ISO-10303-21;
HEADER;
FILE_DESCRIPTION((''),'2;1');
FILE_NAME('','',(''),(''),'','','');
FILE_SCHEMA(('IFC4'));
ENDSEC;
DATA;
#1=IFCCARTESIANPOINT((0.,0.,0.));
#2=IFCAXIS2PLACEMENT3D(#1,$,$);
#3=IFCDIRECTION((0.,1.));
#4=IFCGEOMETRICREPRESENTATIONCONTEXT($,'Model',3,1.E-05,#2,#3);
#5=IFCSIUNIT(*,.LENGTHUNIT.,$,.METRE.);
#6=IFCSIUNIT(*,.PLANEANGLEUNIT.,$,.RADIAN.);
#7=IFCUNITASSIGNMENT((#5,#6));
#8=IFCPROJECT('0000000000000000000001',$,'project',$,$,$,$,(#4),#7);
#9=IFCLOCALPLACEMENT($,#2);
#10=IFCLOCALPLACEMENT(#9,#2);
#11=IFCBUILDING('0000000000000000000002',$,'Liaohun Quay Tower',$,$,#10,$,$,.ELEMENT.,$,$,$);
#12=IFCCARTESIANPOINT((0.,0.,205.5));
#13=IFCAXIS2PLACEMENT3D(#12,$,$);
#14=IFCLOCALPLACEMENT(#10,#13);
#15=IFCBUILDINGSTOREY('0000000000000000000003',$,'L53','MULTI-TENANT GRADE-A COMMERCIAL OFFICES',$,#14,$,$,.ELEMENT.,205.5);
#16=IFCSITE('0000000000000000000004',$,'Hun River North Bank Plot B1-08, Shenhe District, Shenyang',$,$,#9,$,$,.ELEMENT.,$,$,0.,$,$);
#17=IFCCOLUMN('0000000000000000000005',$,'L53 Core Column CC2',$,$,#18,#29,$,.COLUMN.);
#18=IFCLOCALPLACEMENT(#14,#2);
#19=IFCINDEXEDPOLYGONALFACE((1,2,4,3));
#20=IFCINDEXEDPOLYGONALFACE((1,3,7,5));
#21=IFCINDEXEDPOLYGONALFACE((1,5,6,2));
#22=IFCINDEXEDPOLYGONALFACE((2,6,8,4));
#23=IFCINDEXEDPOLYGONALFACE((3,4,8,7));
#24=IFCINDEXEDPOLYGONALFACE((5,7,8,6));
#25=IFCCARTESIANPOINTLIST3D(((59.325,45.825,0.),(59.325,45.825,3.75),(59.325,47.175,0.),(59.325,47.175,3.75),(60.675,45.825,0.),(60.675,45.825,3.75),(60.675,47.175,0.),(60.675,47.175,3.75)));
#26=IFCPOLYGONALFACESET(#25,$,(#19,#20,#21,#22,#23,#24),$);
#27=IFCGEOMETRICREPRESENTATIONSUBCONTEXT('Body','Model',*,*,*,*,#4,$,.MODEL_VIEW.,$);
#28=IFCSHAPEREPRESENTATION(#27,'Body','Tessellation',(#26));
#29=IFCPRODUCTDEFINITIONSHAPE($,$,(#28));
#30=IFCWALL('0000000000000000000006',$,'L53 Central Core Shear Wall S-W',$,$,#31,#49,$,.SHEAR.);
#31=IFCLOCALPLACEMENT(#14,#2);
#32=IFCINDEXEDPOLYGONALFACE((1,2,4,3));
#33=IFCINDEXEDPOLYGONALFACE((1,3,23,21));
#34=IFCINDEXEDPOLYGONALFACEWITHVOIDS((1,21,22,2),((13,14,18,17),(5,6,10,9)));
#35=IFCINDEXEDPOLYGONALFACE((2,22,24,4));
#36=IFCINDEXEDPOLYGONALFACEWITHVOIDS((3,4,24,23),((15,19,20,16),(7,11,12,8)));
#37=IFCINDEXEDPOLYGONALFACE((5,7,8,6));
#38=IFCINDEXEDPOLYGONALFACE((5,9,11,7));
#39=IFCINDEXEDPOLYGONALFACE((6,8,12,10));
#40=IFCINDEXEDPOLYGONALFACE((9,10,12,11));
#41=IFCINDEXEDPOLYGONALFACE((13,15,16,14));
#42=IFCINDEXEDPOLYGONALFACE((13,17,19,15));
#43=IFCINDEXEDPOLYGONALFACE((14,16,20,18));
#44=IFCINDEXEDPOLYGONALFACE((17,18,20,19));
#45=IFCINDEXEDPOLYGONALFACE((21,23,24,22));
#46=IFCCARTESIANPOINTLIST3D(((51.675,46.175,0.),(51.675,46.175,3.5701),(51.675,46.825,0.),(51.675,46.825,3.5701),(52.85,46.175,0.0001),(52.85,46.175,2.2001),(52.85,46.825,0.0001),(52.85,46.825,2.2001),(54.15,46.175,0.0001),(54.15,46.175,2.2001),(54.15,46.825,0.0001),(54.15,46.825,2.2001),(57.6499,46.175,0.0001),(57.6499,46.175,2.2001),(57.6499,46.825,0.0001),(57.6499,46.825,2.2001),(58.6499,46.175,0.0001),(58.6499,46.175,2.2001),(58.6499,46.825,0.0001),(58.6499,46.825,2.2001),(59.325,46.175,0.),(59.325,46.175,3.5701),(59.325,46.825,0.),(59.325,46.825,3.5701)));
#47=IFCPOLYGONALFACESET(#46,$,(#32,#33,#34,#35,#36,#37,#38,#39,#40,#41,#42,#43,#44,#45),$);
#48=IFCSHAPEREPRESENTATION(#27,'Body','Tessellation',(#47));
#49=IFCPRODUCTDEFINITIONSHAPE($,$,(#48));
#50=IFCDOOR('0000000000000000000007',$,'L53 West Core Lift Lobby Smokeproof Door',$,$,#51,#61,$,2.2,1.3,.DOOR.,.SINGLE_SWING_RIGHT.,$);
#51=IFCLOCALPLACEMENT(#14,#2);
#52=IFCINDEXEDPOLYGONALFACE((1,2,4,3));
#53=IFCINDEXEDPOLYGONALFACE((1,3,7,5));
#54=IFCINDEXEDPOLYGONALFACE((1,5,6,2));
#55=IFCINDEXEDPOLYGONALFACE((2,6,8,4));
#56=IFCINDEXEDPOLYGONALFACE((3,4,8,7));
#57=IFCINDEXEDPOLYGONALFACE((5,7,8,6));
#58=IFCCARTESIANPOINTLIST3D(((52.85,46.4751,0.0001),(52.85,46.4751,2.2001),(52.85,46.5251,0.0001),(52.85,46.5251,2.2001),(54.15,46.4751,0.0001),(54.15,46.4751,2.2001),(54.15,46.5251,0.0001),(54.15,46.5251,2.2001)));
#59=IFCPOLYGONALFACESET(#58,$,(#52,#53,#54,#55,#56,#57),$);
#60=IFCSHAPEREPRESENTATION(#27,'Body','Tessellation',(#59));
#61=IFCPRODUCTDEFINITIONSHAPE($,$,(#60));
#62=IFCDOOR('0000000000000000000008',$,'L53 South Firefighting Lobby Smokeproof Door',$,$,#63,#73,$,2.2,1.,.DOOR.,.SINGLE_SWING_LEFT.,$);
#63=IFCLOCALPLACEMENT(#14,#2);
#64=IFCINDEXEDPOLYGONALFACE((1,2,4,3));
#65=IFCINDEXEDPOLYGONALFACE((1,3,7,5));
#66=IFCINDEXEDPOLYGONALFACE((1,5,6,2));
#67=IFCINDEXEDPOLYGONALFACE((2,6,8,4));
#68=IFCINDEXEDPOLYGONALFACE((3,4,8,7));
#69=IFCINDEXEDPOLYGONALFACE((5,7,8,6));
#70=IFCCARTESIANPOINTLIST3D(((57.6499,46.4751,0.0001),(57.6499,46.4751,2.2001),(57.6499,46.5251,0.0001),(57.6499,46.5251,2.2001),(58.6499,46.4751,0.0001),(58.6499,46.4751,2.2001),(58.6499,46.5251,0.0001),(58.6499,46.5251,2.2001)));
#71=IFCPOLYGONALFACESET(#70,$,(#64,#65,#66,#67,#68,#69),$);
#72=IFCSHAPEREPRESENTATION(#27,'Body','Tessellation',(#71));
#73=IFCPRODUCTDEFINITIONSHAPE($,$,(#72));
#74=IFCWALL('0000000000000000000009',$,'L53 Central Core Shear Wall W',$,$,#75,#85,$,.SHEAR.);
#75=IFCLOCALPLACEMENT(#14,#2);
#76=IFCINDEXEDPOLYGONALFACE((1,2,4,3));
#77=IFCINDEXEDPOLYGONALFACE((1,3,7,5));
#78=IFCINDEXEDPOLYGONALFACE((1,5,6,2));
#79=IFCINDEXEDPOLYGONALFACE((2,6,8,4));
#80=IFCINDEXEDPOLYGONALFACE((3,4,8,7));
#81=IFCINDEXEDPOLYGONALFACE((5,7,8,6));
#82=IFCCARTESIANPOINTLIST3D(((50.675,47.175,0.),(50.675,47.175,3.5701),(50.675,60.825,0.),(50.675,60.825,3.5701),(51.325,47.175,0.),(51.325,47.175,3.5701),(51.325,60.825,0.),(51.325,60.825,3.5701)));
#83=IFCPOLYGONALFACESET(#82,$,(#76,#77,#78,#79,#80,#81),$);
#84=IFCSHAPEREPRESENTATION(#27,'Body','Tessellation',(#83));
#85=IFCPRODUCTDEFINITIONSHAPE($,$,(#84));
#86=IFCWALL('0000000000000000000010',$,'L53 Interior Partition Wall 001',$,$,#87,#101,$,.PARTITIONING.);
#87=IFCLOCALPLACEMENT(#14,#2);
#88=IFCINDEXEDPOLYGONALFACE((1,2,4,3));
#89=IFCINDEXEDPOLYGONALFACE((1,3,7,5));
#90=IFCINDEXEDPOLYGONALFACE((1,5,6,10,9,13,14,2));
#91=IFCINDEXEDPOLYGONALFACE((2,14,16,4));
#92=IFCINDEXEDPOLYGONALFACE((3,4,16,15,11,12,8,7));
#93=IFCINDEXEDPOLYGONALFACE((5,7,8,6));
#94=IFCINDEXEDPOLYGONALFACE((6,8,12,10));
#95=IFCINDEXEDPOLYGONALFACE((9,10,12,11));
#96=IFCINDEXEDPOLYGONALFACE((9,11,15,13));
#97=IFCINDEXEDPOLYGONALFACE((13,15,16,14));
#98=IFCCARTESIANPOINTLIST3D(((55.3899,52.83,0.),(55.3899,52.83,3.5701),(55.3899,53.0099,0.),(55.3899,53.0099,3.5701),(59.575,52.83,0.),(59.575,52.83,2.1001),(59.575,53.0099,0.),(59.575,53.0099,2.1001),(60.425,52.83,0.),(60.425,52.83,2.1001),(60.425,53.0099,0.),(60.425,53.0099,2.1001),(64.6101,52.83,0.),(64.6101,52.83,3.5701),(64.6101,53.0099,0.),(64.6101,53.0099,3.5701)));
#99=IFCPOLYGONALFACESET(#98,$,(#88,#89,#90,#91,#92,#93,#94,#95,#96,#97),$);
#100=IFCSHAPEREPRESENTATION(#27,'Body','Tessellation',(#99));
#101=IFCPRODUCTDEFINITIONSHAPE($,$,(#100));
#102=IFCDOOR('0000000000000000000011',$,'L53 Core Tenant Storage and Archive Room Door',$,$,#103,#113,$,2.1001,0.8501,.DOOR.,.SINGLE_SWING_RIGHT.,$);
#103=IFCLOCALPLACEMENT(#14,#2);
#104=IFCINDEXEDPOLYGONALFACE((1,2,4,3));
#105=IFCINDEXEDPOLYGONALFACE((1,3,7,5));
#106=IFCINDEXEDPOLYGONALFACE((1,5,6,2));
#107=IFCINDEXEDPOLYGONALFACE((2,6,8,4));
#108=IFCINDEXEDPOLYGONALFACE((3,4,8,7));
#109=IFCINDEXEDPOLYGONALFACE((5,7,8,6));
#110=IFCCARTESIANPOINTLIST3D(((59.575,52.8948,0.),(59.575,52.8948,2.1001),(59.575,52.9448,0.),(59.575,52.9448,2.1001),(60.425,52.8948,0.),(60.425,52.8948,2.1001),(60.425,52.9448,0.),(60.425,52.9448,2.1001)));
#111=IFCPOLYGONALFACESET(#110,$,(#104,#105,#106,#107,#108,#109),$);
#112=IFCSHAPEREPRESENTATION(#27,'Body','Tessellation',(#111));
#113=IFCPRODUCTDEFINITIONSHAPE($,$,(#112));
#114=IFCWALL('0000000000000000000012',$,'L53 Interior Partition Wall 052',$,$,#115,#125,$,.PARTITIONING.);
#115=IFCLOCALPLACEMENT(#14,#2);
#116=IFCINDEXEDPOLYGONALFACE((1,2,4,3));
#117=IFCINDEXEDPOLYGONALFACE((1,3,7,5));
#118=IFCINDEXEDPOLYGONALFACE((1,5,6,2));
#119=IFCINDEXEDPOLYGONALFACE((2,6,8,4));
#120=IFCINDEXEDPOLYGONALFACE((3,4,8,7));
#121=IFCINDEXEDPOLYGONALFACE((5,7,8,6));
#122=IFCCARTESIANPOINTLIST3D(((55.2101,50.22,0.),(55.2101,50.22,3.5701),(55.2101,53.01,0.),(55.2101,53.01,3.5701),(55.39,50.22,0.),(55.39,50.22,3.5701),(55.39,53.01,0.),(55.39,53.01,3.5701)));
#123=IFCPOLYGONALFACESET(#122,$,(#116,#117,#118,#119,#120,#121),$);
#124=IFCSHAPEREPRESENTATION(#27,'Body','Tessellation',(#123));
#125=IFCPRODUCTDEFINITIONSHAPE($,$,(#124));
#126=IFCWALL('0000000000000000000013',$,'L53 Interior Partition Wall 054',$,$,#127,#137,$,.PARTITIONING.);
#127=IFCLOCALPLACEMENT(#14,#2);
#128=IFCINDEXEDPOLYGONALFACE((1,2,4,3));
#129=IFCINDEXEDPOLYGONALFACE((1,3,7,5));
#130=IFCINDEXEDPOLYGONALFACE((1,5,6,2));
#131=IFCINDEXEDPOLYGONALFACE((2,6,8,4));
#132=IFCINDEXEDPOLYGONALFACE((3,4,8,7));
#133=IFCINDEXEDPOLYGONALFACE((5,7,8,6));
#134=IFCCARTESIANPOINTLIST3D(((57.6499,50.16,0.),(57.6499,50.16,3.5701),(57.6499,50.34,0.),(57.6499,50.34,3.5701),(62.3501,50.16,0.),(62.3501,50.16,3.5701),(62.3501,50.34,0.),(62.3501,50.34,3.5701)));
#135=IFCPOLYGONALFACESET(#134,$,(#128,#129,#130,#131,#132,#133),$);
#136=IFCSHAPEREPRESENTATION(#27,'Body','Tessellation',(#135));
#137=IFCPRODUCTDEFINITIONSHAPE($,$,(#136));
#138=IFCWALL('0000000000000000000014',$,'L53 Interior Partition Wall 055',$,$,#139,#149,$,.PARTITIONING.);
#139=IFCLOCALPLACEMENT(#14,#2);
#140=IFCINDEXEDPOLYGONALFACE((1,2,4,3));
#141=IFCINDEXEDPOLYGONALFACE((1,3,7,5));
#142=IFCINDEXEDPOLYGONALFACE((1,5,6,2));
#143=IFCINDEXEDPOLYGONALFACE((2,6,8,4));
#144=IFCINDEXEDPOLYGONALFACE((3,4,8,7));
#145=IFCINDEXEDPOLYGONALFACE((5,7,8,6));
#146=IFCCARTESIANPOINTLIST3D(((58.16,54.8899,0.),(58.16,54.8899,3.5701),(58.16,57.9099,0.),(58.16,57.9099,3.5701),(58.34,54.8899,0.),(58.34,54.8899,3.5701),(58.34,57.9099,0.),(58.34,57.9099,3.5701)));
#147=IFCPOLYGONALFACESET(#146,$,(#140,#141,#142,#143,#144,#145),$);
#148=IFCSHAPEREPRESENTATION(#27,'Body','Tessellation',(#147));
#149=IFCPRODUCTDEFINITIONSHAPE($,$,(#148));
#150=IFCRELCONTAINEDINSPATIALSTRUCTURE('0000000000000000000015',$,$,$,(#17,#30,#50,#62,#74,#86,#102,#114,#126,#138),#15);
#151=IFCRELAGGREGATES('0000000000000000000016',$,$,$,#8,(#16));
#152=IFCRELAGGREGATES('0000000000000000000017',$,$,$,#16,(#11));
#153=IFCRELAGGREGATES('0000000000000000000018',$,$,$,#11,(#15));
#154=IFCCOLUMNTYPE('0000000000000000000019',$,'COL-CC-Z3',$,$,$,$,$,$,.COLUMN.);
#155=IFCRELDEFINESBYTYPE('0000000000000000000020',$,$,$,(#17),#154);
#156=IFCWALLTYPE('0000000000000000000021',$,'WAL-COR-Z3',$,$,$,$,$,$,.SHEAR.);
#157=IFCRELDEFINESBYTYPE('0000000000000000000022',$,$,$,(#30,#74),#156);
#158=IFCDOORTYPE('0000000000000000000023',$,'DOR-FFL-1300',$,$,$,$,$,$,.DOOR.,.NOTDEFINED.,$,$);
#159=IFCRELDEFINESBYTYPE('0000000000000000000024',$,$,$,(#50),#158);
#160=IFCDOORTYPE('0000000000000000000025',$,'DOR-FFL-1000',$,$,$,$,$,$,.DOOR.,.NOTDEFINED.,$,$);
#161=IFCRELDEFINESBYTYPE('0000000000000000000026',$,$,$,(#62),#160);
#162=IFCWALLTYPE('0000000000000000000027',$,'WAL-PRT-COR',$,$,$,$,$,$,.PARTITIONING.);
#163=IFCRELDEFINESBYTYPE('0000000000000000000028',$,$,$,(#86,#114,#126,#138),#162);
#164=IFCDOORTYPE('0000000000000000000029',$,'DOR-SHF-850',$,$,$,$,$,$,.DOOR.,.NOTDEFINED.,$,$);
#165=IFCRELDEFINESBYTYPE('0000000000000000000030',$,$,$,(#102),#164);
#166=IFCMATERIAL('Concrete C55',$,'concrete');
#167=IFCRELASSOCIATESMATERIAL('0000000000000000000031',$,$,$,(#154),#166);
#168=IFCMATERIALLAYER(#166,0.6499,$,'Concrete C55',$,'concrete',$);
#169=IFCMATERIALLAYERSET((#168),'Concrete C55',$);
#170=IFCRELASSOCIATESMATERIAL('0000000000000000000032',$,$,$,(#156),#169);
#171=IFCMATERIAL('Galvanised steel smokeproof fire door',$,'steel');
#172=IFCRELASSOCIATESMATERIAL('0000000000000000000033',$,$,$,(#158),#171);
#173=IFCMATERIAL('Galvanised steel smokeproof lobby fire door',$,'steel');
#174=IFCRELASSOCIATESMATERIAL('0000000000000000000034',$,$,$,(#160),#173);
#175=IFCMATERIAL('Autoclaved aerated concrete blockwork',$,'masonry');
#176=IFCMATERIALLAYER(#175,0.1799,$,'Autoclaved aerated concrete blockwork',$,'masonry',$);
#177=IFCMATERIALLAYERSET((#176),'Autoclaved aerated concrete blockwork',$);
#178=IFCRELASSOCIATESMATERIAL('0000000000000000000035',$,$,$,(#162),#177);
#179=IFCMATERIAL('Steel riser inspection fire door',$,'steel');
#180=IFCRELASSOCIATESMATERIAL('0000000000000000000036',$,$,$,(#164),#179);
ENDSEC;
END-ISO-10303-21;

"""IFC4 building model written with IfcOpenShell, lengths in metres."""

from ifc_helpers import new_model, si_unit, direction, frame, frame_2d, origin, origin_2d, place, context, subcontext, project, spatial, rectangle, extrude, source, transform, mapped, material, layer, layer_set, material_profile, profile_set, type_object, element, fill, save


model = new_model("IFC4")

# Units and contexts
model_context = context("Model", 3, precision=1e-05, world=origin(), true_north=direction((0.0, 1.0)))
body_context = subcontext(model_context, "Body", "Model", "MODEL_VIEW")
ifc_project = project(units=[si_unit("LENGTHUNIT", "METRE"), si_unit("PLANEANGLEUNIT", "RADIAN")], contexts=[model_context])

# Site, building, storey
site_placement = place(None, origin())
site = spatial("IfcSite", under=ifc_project, at=site_placement, Name="Hun River North Bank Plot B1-08, Shenhe District, Shenyang", CompositionType="ELEMENT", RefElevation=0.0)
building_placement = place(site_placement, origin())
building = spatial("IfcBuilding", under=site, at=building_placement, Name="Liaohun Quay Tower", CompositionType="ELEMENT")
storey_placement = place(building_placement, frame((0.0, 0.0, 205.5)))
storey = spatial("IfcBuildingStorey", under=building, at=storey_placement, Name="L53", Description="MULTI-TENANT GRADE-A COMMERCIAL OFFICES", CompositionType="ELEMENT", Elevation=205.5)

# Column
ifc_material_1 = material(Name="Concrete C55", Category="concrete")
ifc_material_profile = material_profile(ifc_material_1, rectangle(XDim=1.3501, YDim=1.3501, at=origin_2d()), Name="RC1350x1350")
ifc_profile_set = profile_set([ifc_material_profile], Name="Concrete C55")
column_type = type_object("IfcColumnType", Name="COL-CC-Z3", PredefinedType="COLUMN", material=ifc_profile_set)
shared_shape_1 = source(origin(), body_context, "Body", "SweptSolid", [
    extrude(rectangle(XDim=1.3501, YDim=1.3501, at=origin_2d()), origin(), (0.0, 0.0, 1.0), 3.75),
])
column_placement = place(storey_placement, frame((60.0, 46.5, 0.0), z_axis=(0.0, 0.0, 1.0), x_axis=(1.0, 0.0, 0.0)))
element("IfcColumn", 1, at=column_placement, inside=storey, type_object=column_type, Name="L53 Core Column CC2", PredefinedType="COLUMN", context=body_context, shape_type="MappedRepresentation", body=[
    mapped(shared_shape_1, transform((0.0, 0.0, 0.0), x_axis=(1.0, 0.0, 0.0), y_axis=(0.0, 1.0, 0.0), z_axis=(0.0, 0.0, 1.0), scale=1.0)),
])

# Wall, openings, doors
ifc_layer_1 = layer(ifc_material_1, 0.6499, Name="Concrete C55", Category="concrete")
ifc_layer_set_1 = layer_set([ifc_layer_1], Name="Concrete C55")
wall_type_1 = type_object("IfcWallType", Name="WAL-COR-Z3", PredefinedType="SHEAR", material=ifc_layer_set_1)
wall_1_placement = place(storey_placement, frame((59.325, 46.5, 0.0), z_axis=(0.0, 0.0, 1.0), x_axis=(-1.0, 0.0, 0.0)))
wall_1 = element("IfcWall", 2, at=wall_1_placement, inside=storey, type_object=wall_type_1, Name="L53 Central Core Shear Wall S-W", PredefinedType="SHEAR", context=body_context, shape_type="SweptSolid", body=[
    extrude(rectangle(XDim=7.6499, YDim=0.6499, at=frame_2d((3.825, 0.0))), origin(), (0.0, 0.0, 1.0), 3.5701),
])
shared_shape_2 = source(origin(), body_context, "Body", "SweptSolid", [
    extrude(rectangle(XDim=1.3, YDim=2.2, at=frame_2d((0.6499, 1.1001))), frame((0.0, 0.335, 0.0), z_axis=(0.0, -1.0, 0.0), x_axis=(1.0, 0.0, 0.0)), (0.0, 0.0, 1.0), 0.6699),
])
opening_1_placement = place(wall_1_placement, frame((5.175, 0.0, 0.0)))
opening_1 = element("IfcOpeningElement", 3, at=opening_1_placement, cuts=wall_1, PredefinedType="OPENING", context=body_context, shape_type="MappedRepresentation", body=[
    mapped(shared_shape_2, transform((0.0, 0.0, 0.0), x_axis=(1.0, 0.0, 0.0), y_axis=(0.0, 1.0, 0.0), z_axis=(0.0, 0.0, 1.0), scale=1.0)),
])
shared_shape_3 = source(origin(), body_context, "Body", "SweptSolid", [
    extrude(rectangle(XDim=1.0, YDim=2.2, at=frame_2d((0.5, 1.1001))), frame((0.0, 0.335, 0.0), z_axis=(0.0, -1.0, 0.0), x_axis=(1.0, 0.0, 0.0)), (0.0, 0.0, 1.0), 0.6699),
])
opening_2_placement = place(wall_1_placement, frame((0.675, 0.0, 0.0)))
opening_2 = element("IfcOpeningElement", 4, at=opening_2_placement, cuts=wall_1, PredefinedType="OPENING", context=body_context, shape_type="MappedRepresentation", body=[
    mapped(shared_shape_3, transform((0.0, 0.0, 0.0), x_axis=(1.0, 0.0, 0.0), y_axis=(0.0, 1.0, 0.0), z_axis=(0.0, 0.0, 1.0), scale=1.0)),
])
ifc_material_2 = material(Name="Galvanised steel smokeproof fire door", Category="steel")
door_type_1 = type_object("IfcDoorType", Name="DOR-FFL-1300", OperationType="NOTDEFINED", PredefinedType="DOOR", material=ifc_material_2)
shared_shape_4 = source(origin(), body_context, "Body", "SweptSolid", [
    extrude(rectangle(XDim=1.3, YDim=2.2, at=frame_2d((0.6499, 1.1001))), frame((0.0, 0.0249, 0.0), z_axis=(0.0, -1.0, 0.0), x_axis=(1.0, 0.0, 0.0)), (0.0, 0.0, 1.0), 0.05),
])
door_1_placement = place(opening_1_placement, origin())
door_1 = element("IfcDoor", 5, at=door_1_placement, inside=storey, type_object=door_type_1, Name="L53 West Core Lift Lobby Smokeproof Door", OperationType="SINGLE_SWING_RIGHT", OverallHeight=2.2, OverallWidth=1.3, PredefinedType="DOOR", context=body_context, shape_type="MappedRepresentation", body=[
    mapped(shared_shape_4, transform((0.0, 0.0, 0.0), x_axis=(1.0, 0.0, 0.0), y_axis=(0.0, 1.0, 0.0), z_axis=(0.0, 0.0, 1.0), scale=1.0)),
])
fill(opening_1, door_1)
ifc_material_3 = material(Name="Galvanised steel smokeproof lobby fire door", Category="steel")
door_type_2 = type_object("IfcDoorType", Name="DOR-FFL-1000", OperationType="NOTDEFINED", PredefinedType="DOOR", material=ifc_material_3)
shared_shape_5 = source(origin(), body_context, "Body", "SweptSolid", [
    extrude(rectangle(XDim=1.0, YDim=2.2, at=frame_2d((0.5, 1.1001))), frame((0.0, 0.0249, 0.0), z_axis=(0.0, -1.0, 0.0), x_axis=(1.0, 0.0, 0.0)), (0.0, 0.0, 1.0), 0.05),
])
door_2_placement = place(opening_2_placement, origin())
door_2 = element("IfcDoor", 6, at=door_2_placement, inside=storey, type_object=door_type_2, Name="L53 South Firefighting Lobby Smokeproof Door", OperationType="SINGLE_SWING_LEFT", OverallHeight=2.2, OverallWidth=1.0, PredefinedType="DOOR", context=body_context, shape_type="MappedRepresentation", body=[
    mapped(shared_shape_5, transform((0.0, 0.0, 0.0), x_axis=(1.0, 0.0, 0.0), y_axis=(0.0, 1.0, 0.0), z_axis=(0.0, 0.0, 1.0), scale=1.0)),
])
fill(opening_2, door_2)

# Wall
wall_2_placement = place(storey_placement, frame((51.0, 47.175, 0.0), z_axis=(0.0, 0.0, 1.0), x_axis=(0.0, 1.0, 0.0)))
element("IfcWall", 7, at=wall_2_placement, inside=storey, type_object=wall_type_1, Name="L53 Central Core Shear Wall W", PredefinedType="SHEAR", context=body_context, shape_type="SweptSolid", body=[
    extrude(rectangle(XDim=13.6499, YDim=0.6499, at=frame_2d((6.825, 0.0))), origin(), (0.0, 0.0, 1.0), 3.5701),
])

# Wall, opening, door
ifc_material_4 = material(Name="Autoclaved aerated concrete blockwork", Category="masonry")
ifc_layer_2 = layer(ifc_material_4, 0.1799, Name="Autoclaved aerated concrete blockwork", Category="masonry")
ifc_layer_set_2 = layer_set([ifc_layer_2], Name="Autoclaved aerated concrete blockwork")
wall_type_2 = type_object("IfcWallType", Name="WAL-PRT-COR", PredefinedType="PARTITIONING", material=ifc_layer_set_2)
wall_3_placement = place(storey_placement, frame((55.3899, 52.9199, 0.0), z_axis=(0.0, 0.0, 1.0), x_axis=(1.0, 0.0, 0.0)))
wall_3 = element("IfcWall", 8, at=wall_3_placement, inside=storey, type_object=wall_type_2, Name="L53 Interior Partition Wall 001", PredefinedType="PARTITIONING", context=body_context, shape_type="SweptSolid", body=[
    extrude(rectangle(XDim=9.2202, YDim=0.1799, at=frame_2d((4.6101, 0.0))), origin(), (0.0, 0.0, 1.0), 3.5701),
])
shared_shape_6 = source(origin(), body_context, "Body", "SweptSolid", [
    extrude(rectangle(XDim=0.8501, YDim=2.1001, at=frame_2d((0.425, 1.05))), frame((0.0, 0.0999, 0.0), z_axis=(0.0, -1.0, 0.0), x_axis=(1.0, 0.0, 0.0)), (0.0, 0.0, 1.0), 0.2),
])
opening_3_placement = place(wall_3_placement, frame((4.1851, 0.0, 0.0)))
opening_3 = element("IfcOpeningElement", 9, at=opening_3_placement, cuts=wall_3, PredefinedType="OPENING", context=body_context, shape_type="MappedRepresentation", body=[
    mapped(shared_shape_6, transform((0.0, 0.0, 0.0), x_axis=(1.0, 0.0, 0.0), y_axis=(0.0, 1.0, 0.0), z_axis=(0.0, 0.0, 1.0), scale=1.0)),
])
ifc_material_5 = material(Name="Steel riser inspection fire door", Category="steel")
door_type_3 = type_object("IfcDoorType", Name="DOR-SHF-850", OperationType="NOTDEFINED", PredefinedType="DOOR", material=ifc_material_5)
shared_shape_7 = source(origin(), body_context, "Body", "SweptSolid", [
    extrude(rectangle(XDim=0.8501, YDim=2.1001, at=frame_2d((0.425, 1.05))), frame((0.0, 0.0249, 0.0), z_axis=(0.0, -1.0, 0.0), x_axis=(1.0, 0.0, 0.0)), (0.0, 0.0, 1.0), 0.05),
])
door_3_placement = place(opening_3_placement, origin())
door_3 = element("IfcDoor", 10, at=door_3_placement, inside=storey, type_object=door_type_3, Name="L53 Core Tenant Storage and Archive Room Door", OperationType="SINGLE_SWING_RIGHT", OverallHeight=2.1001, OverallWidth=0.8501, PredefinedType="DOOR", context=body_context, shape_type="MappedRepresentation", body=[
    mapped(shared_shape_7, transform((0.0, 0.0, 0.0), x_axis=(1.0, 0.0, 0.0), y_axis=(0.0, 1.0, 0.0), z_axis=(0.0, 0.0, 1.0), scale=1.0)),
])
fill(opening_3, door_3)

# Walls
wall_4_placement = place(storey_placement, frame((55.3, 50.22, 0.0), z_axis=(0.0, 0.0, 1.0), x_axis=(0.0, 1.0, 0.0)))
element("IfcWall", 11, at=wall_4_placement, inside=storey, type_object=wall_type_2, Name="L53 Interior Partition Wall 052", PredefinedType="PARTITIONING", context=body_context, shape_type="SweptSolid", body=[
    extrude(rectangle(XDim=2.79, YDim=0.1799, at=frame_2d((1.395, 0.0))), origin(), (0.0, 0.0, 1.0), 3.5701),
])
wall_5_placement = place(storey_placement, frame((57.6499, 50.25, 0.0), z_axis=(0.0, 0.0, 1.0), x_axis=(1.0, 0.0, 0.0)))
element("IfcWall", 12, at=wall_5_placement, inside=storey, type_object=wall_type_2, Name="L53 Interior Partition Wall 054", PredefinedType="PARTITIONING", context=body_context, shape_type="SweptSolid", body=[
    extrude(rectangle(XDim=4.7002, YDim=0.1799, at=frame_2d((2.3501, 0.0))), origin(), (0.0, 0.0, 1.0), 3.5701),
])
wall_6_placement = place(storey_placement, frame((58.25, 54.8899, 0.0), z_axis=(0.0, 0.0, 1.0), x_axis=(0.0, 1.0, 0.0)))
element("IfcWall", 13, at=wall_6_placement, inside=storey, type_object=wall_type_2, Name="L53 Interior Partition Wall 055", PredefinedType="PARTITIONING", context=body_context, shape_type="SweptSolid", body=[
    extrude(rectangle(XDim=3.02, YDim=0.1799, at=frame_2d((1.51, 0.0))), origin(), (0.0, 0.0, 1.0), 3.5701),
])

save(model, "model.ifc")
